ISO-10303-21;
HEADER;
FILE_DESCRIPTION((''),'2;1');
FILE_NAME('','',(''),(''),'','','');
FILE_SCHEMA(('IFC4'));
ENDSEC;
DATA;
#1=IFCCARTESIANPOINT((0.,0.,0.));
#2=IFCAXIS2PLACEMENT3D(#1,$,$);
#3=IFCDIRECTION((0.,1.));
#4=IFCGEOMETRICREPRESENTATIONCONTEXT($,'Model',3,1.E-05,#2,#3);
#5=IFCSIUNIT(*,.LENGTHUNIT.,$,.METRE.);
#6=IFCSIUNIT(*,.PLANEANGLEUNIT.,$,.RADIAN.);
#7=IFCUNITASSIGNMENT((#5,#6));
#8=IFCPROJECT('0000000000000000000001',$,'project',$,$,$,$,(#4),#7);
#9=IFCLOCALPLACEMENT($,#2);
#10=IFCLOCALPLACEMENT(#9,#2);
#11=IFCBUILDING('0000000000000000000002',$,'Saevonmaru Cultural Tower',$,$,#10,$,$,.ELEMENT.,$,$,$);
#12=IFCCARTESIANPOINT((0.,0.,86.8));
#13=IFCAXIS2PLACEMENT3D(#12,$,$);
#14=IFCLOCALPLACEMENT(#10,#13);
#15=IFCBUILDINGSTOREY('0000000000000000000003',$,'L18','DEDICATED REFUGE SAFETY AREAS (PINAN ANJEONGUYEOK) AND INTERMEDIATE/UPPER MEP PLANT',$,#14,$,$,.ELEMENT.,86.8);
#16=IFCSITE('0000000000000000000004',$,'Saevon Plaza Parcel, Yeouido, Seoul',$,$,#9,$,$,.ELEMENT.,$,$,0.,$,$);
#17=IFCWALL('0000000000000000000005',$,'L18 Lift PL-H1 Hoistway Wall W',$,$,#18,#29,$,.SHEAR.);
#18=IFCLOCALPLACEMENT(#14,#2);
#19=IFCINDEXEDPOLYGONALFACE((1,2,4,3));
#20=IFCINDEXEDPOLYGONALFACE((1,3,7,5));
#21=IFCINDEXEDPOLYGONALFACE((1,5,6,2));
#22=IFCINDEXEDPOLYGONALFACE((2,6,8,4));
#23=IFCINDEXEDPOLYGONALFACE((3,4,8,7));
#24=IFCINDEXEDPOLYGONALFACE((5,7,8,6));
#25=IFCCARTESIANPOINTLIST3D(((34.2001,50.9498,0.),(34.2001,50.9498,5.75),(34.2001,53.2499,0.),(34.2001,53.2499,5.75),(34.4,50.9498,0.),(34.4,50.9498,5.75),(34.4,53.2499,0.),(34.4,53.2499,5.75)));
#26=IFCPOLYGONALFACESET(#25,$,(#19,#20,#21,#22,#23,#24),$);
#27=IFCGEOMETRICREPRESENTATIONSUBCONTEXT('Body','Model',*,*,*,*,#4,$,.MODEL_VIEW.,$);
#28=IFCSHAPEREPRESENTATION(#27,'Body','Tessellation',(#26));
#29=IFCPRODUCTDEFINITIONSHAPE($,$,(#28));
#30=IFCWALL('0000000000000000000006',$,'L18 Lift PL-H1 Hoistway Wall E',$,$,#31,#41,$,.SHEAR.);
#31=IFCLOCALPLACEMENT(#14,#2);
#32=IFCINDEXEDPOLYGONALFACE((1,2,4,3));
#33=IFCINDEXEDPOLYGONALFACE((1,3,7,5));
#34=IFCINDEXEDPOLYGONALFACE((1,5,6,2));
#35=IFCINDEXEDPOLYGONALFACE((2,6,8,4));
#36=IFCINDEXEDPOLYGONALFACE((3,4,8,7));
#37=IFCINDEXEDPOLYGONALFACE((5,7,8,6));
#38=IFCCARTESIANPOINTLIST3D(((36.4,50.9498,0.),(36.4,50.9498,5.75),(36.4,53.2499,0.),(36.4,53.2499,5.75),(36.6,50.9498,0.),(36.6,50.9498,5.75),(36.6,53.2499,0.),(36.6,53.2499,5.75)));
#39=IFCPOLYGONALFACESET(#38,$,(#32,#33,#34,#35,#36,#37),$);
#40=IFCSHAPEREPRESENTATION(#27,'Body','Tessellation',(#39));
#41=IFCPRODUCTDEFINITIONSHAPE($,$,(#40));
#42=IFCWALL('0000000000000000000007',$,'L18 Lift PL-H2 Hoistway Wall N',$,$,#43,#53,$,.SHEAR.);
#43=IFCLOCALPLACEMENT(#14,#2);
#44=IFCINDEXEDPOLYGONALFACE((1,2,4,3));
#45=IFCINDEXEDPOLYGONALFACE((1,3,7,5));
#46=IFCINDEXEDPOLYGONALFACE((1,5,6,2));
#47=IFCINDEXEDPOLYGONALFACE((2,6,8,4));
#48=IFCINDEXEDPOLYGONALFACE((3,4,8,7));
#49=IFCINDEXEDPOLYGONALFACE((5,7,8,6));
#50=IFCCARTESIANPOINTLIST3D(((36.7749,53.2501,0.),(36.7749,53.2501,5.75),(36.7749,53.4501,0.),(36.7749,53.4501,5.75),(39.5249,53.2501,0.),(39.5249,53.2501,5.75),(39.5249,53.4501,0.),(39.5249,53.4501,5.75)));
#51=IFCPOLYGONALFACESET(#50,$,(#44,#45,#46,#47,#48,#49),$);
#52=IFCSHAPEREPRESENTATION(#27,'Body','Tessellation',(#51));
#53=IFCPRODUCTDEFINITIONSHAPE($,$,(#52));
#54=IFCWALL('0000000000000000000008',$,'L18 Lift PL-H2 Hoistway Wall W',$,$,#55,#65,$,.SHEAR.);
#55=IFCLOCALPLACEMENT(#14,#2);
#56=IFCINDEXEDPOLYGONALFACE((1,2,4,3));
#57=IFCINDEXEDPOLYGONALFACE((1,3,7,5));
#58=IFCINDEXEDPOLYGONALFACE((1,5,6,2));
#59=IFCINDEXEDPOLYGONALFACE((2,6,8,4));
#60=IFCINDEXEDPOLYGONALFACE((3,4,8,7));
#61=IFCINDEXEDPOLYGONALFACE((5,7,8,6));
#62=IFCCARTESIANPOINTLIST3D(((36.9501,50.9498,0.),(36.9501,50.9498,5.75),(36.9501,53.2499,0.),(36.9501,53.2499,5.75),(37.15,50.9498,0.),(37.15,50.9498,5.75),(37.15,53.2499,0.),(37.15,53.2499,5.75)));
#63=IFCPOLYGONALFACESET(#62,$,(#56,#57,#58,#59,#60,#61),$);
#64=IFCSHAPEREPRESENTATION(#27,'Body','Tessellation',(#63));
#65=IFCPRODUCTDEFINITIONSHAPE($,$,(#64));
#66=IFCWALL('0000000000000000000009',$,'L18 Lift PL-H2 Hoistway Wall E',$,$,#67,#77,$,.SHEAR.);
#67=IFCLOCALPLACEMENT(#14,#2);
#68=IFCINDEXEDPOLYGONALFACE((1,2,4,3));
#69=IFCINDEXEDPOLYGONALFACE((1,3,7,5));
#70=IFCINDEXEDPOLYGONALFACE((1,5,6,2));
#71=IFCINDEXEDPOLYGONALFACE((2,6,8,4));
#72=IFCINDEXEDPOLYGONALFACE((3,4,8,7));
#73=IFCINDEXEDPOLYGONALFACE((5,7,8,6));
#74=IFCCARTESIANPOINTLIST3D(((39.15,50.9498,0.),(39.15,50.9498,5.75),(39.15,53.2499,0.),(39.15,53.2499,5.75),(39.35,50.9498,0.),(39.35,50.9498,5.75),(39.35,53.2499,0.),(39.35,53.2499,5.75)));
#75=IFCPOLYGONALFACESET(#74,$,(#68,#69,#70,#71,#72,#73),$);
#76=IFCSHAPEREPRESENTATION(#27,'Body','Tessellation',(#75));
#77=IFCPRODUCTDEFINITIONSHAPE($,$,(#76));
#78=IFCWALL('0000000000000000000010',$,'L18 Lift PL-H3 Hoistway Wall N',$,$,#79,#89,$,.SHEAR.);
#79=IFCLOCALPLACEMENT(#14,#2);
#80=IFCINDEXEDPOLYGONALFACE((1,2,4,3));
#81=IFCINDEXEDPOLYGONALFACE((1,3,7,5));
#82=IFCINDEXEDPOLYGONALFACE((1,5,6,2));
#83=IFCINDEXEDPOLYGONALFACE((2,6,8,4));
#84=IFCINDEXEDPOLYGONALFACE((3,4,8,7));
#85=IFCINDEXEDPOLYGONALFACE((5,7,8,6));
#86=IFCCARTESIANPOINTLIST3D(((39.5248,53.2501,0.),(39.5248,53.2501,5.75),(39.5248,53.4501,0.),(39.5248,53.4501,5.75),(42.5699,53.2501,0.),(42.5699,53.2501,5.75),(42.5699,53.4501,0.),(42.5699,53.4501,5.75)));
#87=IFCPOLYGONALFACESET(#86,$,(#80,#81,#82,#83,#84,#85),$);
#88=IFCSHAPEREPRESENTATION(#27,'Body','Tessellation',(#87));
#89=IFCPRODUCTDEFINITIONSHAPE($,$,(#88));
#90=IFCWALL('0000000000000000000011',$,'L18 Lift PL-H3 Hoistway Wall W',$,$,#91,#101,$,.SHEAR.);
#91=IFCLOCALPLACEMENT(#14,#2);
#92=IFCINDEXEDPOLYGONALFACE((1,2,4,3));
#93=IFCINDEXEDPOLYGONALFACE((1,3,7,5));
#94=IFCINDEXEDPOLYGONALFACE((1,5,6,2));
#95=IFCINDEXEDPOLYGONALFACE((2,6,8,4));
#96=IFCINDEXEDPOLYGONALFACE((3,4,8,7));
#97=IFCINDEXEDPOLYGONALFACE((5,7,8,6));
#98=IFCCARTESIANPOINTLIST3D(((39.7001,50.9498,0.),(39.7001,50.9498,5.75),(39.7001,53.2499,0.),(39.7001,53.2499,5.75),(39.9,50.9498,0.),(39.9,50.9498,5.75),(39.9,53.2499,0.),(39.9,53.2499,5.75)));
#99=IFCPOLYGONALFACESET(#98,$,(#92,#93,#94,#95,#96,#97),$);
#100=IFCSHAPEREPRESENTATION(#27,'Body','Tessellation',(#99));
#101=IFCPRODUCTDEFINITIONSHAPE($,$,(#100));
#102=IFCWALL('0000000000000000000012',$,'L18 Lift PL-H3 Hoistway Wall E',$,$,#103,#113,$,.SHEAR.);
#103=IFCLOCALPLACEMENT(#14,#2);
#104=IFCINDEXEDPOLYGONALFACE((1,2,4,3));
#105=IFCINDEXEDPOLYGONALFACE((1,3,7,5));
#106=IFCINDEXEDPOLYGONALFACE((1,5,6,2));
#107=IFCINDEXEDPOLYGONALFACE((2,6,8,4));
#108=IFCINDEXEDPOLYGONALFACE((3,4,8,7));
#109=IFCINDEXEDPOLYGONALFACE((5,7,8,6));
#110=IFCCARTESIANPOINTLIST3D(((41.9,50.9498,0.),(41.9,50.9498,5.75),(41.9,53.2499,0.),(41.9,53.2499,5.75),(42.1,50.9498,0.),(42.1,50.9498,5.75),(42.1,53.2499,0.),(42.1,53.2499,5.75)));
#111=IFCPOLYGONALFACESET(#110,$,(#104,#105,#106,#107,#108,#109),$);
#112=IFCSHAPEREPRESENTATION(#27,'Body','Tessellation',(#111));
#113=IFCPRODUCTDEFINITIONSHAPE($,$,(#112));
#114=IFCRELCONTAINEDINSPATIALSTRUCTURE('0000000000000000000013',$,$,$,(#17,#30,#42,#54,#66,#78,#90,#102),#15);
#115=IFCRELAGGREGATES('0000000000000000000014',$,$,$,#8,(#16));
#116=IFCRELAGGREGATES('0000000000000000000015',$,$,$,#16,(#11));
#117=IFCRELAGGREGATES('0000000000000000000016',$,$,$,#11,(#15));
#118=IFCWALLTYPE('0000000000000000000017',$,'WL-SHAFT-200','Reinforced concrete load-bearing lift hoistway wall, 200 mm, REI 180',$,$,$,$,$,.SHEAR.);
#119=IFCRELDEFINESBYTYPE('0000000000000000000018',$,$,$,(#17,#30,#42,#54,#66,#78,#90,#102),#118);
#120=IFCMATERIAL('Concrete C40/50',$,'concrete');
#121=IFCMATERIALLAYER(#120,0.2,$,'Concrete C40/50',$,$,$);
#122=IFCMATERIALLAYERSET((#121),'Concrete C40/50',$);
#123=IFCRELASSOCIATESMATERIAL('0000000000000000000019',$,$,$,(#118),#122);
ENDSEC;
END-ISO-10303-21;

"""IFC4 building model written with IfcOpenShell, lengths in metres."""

from ifc_helpers import new_model, si_unit, direction, frame, frame_2d, origin, place, context, subcontext, project, spatial, rectangle, extrude, material, layer, layer_set, type_object, element, save


model = new_model("IFC4")

# Units and contexts
model_context = context("Model", 3, precision=1e-05, world=origin(), true_north=direction((0.0, 1.0)))
body_context = subcontext(model_context, "Body", "Model", "MODEL_VIEW")
ifc_project = project(units=[si_unit("LENGTHUNIT", "METRE"), si_unit("PLANEANGLEUNIT", "RADIAN")], contexts=[model_context])

# Site, building, storey
site_placement = place(None, origin())
site = spatial("IfcSite", under=ifc_project, at=site_placement, Name="Saevon Plaza Parcel, Yeouido, Seoul", CompositionType="ELEMENT", RefElevation=0.0)
building_placement = place(site_placement, origin())
building = spatial("IfcBuilding", under=site, at=building_placement, Name="Saevonmaru Cultural Tower", CompositionType="ELEMENT")
storey_placement = place(building_placement, frame((0.0, 0.0, 86.8)))
storey = spatial("IfcBuildingStorey", under=building, at=storey_placement, Name="L18", Description="DEDICATED REFUGE SAFETY AREAS (PINAN ANJEONGUYEOK) AND INTERMEDIATE/UPPER MEP PLANT", CompositionType="ELEMENT", Elevation=86.8)

# Walls
ifc_material_1 = material(Name="Concrete C40/50", Category="concrete")
ifc_layer_1 = layer(ifc_material_1, 0.2, Name="Concrete C40/50")
ifc_layer_set_1 = layer_set([ifc_layer_1], Name="Concrete C40/50")
wall_type = type_object("IfcWallType", Name="WL-SHAFT-200", Description="Reinforced concrete load-bearing lift hoistway wall, 200 mm, REI 180", PredefinedType="SHEAR", material=ifc_layer_set_1)
for number, where, z_axis, x_axis, name in (
    (1, (34.3, 50.95, 0.0), (0.0, 0.0, 1.0), (0.0, 1.0, 0.0), "L18 Lift PL-H1 Hoistway Wall W"),
    (2, (36.5, 50.95, 0.0), (0.0, 0.0, 1.0), (0.0, 1.0, 0.0), "L18 Lift PL-H1 Hoistway Wall E"),
):
    element("IfcWall", number, at=place(storey_placement, frame(where, z_axis=z_axis, x_axis=x_axis)), inside=storey, type_object=wall_type, Name=name, PredefinedType="SHEAR", context=body_context, shape_type="SweptSolid", body=[
        extrude(rectangle(XDim=2.3, YDim=0.2, at=frame_2d((1.1499, 0.0))), origin(), (0.0, 0.0, 1.0), 5.75),
    ])
wall_1_placement = place(storey_placement, frame((36.7749, 53.3501, 0.0), z_axis=(0.0, 0.0, 1.0), x_axis=(1.0, 0.0, 0.0)))
element("IfcWall", 3, at=wall_1_placement, inside=storey, type_object=wall_type, Name="L18 Lift PL-H2 Hoistway Wall N", PredefinedType="SHEAR", context=body_context, shape_type="SweptSolid", body=[
    extrude(rectangle(XDim=2.75, YDim=0.2, at=frame_2d((1.375, 0.0))), origin(), (0.0, 0.0, 1.0), 5.75),
])
for number, where, z_axis, x_axis, name in (
    (4, (37.05, 50.95, 0.0), (0.0, 0.0, 1.0), (0.0, 1.0, 0.0), "L18 Lift PL-H2 Hoistway Wall W"),
    (5, (39.25, 50.95, 0.0), (0.0, 0.0, 1.0), (0.0, 1.0, 0.0), "L18 Lift PL-H2 Hoistway Wall E"),
):
    element("IfcWall", number, at=place(storey_placement, frame(where, z_axis=z_axis, x_axis=x_axis)), inside=storey, type_object=wall_type, Name=name, PredefinedType="SHEAR", context=body_context, shape_type="SweptSolid", body=[
        extrude(rectangle(XDim=2.3, YDim=0.2, at=frame_2d((1.1499, 0.0))), origin(), (0.0, 0.0, 1.0), 5.75),
    ])
wall_2_placement = place(storey_placement, frame((39.5249, 53.3501, 0.0), z_axis=(0.0, 0.0, 1.0), x_axis=(1.0, 0.0, 0.0)))
element("IfcWall", 6, at=wall_2_placement, inside=storey, type_object=wall_type, Name="L18 Lift PL-H3 Hoistway Wall N", PredefinedType="SHEAR", context=body_context, shape_type="SweptSolid", body=[
    extrude(rectangle(XDim=3.0452, YDim=0.2, at=frame_2d((1.5225, 0.0))), origin(), (0.0, 0.0, 1.0), 5.75),
])
for number, where, z_axis, x_axis, name in (
    (7, (39.8, 50.95, 0.0), (0.0, 0.0, 1.0), (0.0, 1.0, 0.0), "L18 Lift PL-H3 Hoistway Wall W"),
    (8, (42.0, 50.95, 0.0), (0.0, 0.0, 1.0), (0.0, 1.0, 0.0), "L18 Lift PL-H3 Hoistway Wall E"),
):
    element("IfcWall", number, at=place(storey_placement, frame(where, z_axis=z_axis, x_axis=x_axis)), inside=storey, type_object=wall_type, Name=name, PredefinedType="SHEAR", context=body_context, shape_type="SweptSolid", body=[
        extrude(rectangle(XDim=2.3, YDim=0.2, at=frame_2d((1.1499, 0.0))), origin(), (0.0, 0.0, 1.0), 5.75),
    ])

save(model, "model.ifc")
